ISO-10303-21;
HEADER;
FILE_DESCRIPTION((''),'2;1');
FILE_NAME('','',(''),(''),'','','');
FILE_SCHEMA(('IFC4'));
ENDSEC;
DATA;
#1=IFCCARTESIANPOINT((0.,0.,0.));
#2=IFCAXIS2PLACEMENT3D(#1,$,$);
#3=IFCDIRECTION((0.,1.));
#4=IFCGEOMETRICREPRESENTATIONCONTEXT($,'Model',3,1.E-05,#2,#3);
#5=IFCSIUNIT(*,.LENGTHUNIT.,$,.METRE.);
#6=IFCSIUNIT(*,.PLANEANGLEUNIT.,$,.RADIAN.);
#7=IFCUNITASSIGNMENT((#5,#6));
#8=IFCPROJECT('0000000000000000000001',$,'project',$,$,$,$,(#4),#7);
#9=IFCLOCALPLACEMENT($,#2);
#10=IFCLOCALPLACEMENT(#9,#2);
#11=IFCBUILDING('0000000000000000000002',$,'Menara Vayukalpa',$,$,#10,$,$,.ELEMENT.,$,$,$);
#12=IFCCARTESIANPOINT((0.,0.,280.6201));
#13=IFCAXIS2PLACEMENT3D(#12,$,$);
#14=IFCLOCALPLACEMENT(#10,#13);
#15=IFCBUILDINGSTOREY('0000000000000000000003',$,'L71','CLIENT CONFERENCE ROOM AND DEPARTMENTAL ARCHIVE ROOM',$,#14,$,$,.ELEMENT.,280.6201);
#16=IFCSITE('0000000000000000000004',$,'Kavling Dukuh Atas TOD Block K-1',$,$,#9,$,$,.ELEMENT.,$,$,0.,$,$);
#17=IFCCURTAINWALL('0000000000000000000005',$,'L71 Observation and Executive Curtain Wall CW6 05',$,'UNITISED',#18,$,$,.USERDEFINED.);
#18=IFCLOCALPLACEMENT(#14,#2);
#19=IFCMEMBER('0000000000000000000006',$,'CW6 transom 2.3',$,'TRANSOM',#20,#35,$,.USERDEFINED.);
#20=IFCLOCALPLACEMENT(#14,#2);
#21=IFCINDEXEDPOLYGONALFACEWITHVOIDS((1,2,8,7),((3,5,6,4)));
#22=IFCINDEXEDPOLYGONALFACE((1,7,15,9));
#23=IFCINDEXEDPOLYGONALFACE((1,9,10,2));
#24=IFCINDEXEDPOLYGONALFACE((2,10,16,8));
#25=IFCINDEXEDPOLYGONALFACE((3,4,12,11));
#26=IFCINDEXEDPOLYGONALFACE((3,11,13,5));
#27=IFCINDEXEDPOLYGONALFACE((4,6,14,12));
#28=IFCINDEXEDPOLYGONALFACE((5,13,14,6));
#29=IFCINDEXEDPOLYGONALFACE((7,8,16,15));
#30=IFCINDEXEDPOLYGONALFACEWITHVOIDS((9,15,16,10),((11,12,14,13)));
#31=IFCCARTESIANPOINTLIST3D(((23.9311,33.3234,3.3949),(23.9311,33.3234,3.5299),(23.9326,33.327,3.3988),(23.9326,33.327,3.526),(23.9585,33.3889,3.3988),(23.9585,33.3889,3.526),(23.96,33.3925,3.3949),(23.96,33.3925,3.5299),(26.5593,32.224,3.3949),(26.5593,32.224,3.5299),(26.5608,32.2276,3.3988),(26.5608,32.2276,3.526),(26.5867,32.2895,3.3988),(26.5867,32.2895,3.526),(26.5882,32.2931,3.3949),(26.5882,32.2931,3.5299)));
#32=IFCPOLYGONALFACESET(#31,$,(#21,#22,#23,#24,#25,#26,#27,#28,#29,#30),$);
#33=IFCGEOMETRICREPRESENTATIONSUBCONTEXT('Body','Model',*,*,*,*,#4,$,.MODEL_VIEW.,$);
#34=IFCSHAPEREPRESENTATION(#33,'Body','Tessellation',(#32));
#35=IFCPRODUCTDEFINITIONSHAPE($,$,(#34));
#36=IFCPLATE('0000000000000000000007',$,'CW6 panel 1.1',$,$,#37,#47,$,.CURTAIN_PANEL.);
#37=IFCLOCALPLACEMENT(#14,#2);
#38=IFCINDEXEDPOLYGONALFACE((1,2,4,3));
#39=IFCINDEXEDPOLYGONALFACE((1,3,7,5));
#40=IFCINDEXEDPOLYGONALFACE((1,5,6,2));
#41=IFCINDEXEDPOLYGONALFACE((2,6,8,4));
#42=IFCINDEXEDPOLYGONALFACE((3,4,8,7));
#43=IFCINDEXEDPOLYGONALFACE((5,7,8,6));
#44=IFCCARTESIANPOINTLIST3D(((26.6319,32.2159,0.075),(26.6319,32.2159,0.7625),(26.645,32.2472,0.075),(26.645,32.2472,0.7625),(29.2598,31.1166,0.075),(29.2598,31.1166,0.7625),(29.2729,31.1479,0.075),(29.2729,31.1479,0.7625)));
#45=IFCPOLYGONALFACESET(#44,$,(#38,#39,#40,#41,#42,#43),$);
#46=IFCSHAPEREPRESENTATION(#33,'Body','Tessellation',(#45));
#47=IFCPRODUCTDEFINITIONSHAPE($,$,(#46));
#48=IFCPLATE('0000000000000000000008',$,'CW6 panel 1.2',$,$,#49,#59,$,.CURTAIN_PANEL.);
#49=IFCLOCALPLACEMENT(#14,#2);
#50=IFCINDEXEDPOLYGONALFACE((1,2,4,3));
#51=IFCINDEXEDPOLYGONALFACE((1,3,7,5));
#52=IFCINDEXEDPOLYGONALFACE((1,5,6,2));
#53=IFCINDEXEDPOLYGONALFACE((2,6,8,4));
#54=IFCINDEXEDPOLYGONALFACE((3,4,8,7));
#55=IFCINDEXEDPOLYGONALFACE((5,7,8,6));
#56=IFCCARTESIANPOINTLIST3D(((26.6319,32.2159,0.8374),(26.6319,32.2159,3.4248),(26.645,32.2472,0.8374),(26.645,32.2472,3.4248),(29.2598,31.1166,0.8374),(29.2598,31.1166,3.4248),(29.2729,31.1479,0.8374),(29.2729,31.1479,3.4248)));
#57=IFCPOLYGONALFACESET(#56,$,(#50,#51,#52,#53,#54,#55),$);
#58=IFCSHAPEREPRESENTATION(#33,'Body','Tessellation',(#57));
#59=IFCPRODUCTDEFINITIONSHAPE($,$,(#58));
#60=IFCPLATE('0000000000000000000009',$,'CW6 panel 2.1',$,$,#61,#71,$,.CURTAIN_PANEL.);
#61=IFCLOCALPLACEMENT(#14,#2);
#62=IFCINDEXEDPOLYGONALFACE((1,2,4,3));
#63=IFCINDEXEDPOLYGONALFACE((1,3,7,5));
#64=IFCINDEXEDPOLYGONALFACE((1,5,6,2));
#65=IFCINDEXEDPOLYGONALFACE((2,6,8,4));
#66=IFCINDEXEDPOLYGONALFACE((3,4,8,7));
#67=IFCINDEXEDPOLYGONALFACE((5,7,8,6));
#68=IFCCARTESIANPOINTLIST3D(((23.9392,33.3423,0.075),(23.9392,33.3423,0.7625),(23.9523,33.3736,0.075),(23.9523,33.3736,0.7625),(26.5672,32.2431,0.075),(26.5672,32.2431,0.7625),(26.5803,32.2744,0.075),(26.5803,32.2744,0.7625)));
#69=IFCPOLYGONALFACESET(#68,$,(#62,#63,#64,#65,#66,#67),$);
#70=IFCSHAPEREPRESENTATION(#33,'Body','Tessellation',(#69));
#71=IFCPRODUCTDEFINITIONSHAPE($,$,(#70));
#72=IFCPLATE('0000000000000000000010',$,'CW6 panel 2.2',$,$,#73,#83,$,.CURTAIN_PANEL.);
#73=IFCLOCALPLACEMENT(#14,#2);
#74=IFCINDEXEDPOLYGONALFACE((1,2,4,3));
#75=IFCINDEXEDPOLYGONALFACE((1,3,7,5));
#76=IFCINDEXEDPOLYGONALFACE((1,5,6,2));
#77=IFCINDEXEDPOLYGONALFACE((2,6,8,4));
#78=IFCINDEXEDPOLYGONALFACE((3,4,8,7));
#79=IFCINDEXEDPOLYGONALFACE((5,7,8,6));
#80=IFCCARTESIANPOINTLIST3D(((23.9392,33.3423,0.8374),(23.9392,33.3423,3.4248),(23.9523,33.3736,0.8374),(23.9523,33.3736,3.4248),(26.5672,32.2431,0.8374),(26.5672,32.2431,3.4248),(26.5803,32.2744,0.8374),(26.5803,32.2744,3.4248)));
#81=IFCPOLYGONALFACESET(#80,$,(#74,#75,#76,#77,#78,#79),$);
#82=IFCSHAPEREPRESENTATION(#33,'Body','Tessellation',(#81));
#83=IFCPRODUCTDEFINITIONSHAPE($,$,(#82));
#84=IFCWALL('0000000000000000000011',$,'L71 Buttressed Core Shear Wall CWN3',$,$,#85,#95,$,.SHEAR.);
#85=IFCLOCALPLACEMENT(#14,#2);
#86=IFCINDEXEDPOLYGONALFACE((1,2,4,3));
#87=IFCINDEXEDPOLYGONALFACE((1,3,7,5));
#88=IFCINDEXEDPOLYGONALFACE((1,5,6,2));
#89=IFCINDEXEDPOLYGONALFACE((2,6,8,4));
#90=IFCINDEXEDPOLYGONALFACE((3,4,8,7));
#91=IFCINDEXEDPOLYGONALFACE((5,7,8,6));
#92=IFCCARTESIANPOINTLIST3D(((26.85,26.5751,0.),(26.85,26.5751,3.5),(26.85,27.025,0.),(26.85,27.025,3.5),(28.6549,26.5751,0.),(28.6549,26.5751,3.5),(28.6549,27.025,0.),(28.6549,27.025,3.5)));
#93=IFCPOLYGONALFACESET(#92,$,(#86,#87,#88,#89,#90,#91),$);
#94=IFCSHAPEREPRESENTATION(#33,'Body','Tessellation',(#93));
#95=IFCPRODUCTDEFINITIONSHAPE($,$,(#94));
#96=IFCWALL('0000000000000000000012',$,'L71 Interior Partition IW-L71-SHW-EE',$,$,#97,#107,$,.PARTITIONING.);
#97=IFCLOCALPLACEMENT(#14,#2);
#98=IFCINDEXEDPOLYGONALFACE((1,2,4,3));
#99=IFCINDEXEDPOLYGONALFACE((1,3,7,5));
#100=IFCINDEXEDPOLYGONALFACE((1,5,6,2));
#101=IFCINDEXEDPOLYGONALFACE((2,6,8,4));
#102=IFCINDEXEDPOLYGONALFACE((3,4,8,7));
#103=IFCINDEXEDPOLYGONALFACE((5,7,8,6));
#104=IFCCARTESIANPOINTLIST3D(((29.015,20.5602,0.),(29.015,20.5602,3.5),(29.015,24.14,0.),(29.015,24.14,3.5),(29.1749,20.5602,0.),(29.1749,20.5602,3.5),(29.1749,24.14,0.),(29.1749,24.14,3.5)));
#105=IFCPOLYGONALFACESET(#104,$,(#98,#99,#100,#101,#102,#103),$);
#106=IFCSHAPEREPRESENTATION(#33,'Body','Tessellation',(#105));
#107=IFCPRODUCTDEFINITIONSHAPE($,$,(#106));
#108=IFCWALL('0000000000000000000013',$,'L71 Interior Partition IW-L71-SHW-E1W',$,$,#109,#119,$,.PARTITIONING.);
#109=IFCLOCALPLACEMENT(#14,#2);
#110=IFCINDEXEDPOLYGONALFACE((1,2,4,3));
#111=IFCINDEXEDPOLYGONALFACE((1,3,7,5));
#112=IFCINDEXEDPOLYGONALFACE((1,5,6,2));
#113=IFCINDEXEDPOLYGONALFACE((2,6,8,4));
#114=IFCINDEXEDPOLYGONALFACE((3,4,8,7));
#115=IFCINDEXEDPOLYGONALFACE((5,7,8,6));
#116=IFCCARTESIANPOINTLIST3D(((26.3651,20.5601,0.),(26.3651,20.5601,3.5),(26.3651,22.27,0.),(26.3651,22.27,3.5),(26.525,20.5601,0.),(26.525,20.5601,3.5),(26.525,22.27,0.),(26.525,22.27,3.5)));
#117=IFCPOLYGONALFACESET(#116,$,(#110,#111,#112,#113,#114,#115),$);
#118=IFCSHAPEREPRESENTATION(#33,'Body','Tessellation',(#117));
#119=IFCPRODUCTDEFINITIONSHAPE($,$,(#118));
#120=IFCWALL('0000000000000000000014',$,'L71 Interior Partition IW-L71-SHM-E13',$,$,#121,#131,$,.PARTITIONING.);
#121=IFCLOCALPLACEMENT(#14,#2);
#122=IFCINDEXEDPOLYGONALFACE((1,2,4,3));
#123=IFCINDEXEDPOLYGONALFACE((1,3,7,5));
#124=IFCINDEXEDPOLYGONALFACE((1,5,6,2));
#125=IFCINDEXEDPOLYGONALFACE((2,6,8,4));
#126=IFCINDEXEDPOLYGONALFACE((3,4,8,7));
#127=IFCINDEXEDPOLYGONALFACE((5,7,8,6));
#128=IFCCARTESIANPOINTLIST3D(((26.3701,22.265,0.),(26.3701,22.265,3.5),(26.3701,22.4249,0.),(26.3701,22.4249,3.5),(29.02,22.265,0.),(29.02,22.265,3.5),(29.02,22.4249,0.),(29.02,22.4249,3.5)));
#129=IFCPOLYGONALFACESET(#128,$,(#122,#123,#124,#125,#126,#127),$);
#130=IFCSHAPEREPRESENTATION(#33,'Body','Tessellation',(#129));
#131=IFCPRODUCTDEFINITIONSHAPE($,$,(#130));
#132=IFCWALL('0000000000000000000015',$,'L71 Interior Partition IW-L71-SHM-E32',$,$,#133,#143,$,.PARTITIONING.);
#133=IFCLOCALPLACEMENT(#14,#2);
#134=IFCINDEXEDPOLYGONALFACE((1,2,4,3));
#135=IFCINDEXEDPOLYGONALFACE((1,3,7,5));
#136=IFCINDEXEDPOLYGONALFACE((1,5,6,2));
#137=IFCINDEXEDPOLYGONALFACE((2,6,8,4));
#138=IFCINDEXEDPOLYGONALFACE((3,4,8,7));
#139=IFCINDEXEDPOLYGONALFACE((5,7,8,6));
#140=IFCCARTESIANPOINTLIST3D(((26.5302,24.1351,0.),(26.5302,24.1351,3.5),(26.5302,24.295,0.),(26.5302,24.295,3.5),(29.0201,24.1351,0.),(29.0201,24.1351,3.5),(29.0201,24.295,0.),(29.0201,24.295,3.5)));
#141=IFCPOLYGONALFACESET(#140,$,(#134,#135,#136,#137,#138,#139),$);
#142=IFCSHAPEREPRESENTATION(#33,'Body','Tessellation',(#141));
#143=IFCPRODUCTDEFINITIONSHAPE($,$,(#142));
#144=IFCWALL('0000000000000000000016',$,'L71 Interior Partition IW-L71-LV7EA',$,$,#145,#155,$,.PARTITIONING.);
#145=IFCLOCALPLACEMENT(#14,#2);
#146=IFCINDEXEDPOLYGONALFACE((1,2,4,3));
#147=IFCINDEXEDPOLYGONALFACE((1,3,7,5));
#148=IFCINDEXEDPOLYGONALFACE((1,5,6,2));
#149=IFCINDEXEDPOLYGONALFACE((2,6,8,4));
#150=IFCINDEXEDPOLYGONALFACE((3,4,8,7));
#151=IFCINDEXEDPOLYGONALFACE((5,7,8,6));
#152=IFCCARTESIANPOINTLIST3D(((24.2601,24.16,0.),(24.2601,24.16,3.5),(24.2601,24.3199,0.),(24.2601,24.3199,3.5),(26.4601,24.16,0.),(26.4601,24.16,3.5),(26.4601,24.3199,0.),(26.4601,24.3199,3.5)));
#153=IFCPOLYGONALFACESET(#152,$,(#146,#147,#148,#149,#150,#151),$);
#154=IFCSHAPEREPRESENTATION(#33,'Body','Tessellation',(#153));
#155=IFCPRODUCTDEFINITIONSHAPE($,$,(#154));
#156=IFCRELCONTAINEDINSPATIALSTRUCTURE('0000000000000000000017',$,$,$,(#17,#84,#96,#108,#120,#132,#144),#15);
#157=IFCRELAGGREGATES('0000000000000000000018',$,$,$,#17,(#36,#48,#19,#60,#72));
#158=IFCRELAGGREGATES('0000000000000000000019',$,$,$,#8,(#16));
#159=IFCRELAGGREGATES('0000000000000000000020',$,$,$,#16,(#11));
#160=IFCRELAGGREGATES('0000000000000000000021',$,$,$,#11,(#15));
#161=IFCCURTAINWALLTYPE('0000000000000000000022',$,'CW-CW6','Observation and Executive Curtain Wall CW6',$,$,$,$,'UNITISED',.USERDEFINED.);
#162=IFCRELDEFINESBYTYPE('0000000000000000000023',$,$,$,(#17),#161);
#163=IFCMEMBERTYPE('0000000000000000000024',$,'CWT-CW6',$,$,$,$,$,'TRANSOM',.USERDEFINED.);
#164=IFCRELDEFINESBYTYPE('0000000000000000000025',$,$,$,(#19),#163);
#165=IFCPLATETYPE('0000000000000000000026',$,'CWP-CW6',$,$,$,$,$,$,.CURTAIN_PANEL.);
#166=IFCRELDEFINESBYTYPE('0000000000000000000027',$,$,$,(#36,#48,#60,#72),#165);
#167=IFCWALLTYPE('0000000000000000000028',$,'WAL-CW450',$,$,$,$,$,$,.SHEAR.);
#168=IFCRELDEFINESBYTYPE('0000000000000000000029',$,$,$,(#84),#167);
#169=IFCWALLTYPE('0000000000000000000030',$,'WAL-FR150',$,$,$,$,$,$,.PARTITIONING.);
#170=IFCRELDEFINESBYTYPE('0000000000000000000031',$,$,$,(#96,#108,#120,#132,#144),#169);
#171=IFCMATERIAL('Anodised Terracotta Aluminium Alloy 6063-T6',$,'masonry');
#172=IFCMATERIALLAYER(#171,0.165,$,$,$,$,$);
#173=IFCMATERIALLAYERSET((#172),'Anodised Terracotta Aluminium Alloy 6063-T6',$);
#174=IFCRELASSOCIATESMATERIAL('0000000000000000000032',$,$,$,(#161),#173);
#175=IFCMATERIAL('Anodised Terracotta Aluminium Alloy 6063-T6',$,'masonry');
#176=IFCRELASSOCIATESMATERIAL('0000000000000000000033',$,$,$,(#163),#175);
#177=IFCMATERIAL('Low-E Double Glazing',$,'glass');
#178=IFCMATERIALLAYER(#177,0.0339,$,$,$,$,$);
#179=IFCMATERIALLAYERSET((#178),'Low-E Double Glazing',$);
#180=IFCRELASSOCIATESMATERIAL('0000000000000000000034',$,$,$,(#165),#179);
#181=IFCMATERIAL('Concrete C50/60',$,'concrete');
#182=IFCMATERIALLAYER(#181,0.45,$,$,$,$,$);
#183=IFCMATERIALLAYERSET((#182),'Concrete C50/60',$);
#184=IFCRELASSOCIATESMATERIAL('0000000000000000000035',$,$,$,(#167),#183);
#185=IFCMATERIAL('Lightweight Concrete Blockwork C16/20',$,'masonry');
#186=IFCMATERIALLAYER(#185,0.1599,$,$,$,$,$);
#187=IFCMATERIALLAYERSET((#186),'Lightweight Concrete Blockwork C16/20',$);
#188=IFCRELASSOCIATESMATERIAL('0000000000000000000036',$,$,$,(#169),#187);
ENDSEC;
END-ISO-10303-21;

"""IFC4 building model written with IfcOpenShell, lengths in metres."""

from ifc_helpers import new_model, si_unit, direction, frame, frame_2d, origin, origin_2d, place, context, subcontext, project, spatial, rectangle, hollow_rectangle, extrude, material, layer, layer_set, material_profile, profile_set, type_object, element, aggregate, save


model = new_model("IFC4")

# Units and contexts
model_context = context("Model", 3, precision=1e-05, world=origin(), true_north=direction((0.0, 1.0)))
body_context = subcontext(model_context, "Body", "Model", "MODEL_VIEW")
ifc_project = project(units=[si_unit("LENGTHUNIT", "METRE"), si_unit("PLANEANGLEUNIT", "RADIAN")], contexts=[model_context])

# Site, building, storey
site_placement = place(None, origin())
site = spatial("IfcSite", under=ifc_project, at=site_placement, Name="Kavling Dukuh Atas TOD Block K-1", CompositionType="ELEMENT", RefElevation=0.0)
building_placement = place(site_placement, origin())
building = spatial("IfcBuilding", under=site, at=building_placement, Name="Menara Vayukalpa", CompositionType="ELEMENT")
storey_placement = place(building_placement, frame((0.0, 0.0, 280.6201)))
storey = spatial("IfcBuildingStorey", under=building, at=storey_placement, Name="L71", Description="CLIENT CONFERENCE ROOM AND DEPARTMENTAL ARCHIVE ROOM", CompositionType="ELEMENT", Elevation=280.6201)

# Curtain wall, member, plates
ifc_material_1 = material(Name="Anodised Terracotta Aluminium Alloy 6063-T6", Category="masonry")
ifc_layer_1 = layer(ifc_material_1, 0.165)
ifc_layer_set_1 = layer_set([ifc_layer_1], Name="Anodised Terracotta Aluminium Alloy 6063-T6")
curtain_wall_type = type_object("IfcCurtainWallType", Name="CW-CW6", Description="Observation and Executive Curtain Wall CW6", ElementType="UNITISED", PredefinedType="USERDEFINED", material=ifc_layer_set_1)
curtain_wall_placement = place(storey_placement, origin())
curtain_wall = element("IfcCurtainWall", 1, at=curtain_wall_placement, inside=storey, type_object=curtain_wall_type, Name="L71 Observation and Executive Curtain Wall CW6 05", ObjectType="UNITISED", PredefinedType="USERDEFINED")
ifc_material_2 = material(Name="Anodised Terracotta Aluminium Alloy 6063-T6", Category="masonry")
ifc_material_profile_1 = material_profile(ifc_material_2, hollow_rectangle(XDim=0.075, YDim=0.135, WallThickness=0.0039, at=origin_2d()), Name="ALU 75x135x4")
ifc_profile_set_1 = profile_set([ifc_material_profile_1], Name="Anodised Terracotta Aluminium Alloy 6063-T6")
member_type_1 = type_object("IfcMemberType", Name="CWT-CW6", ElementType="TRANSOM", PredefinedType="USERDEFINED", material=ifc_profile_set_1)
member_1_placement = place(storey_placement, frame((26.5737, 32.2585, 3.4624), z_axis=(-0.922541, 0.385899, 0.0), x_axis=(-0.385899, -0.922541, 0.0)))
member_1 = element("IfcMember", 2, at=member_1_placement, type_object=member_type_1, Name="CW6 transom 2.3", ObjectType="TRANSOM", PredefinedType="USERDEFINED", context=body_context, shape_type="SweptSolid", body=[
    extrude(hollow_rectangle(XDim=0.075, YDim=0.135, WallThickness=0.0039, at=origin_2d()), origin(), (0.0, 0.0, 1.0), 2.8489),
])
ifc_material_3 = material(Name="Low-E Double Glazing", Category="glass")
ifc_layer_2 = layer(ifc_material_3, 0.0339)
ifc_layer_set_2 = layer_set([ifc_layer_2], Name="Low-E Double Glazing")
plate_type = type_object("IfcPlateType", Name="CWP-CW6", PredefinedType="CURTAIN_PANEL", material=ifc_layer_set_2)
plate_1_placement = place(storey_placement, frame((27.9524, 31.6819, 0.075), z_axis=(0.0, 0.0, 1.0), x_axis=(-0.922541, 0.3859, 0.0)))
plate_1 = element("IfcPlate", 3, at=plate_1_placement, type_object=plate_type, Name="CW6 panel 1.1", PredefinedType="CURTAIN_PANEL", context=body_context, shape_type="SweptSolid", body=[
    extrude(rectangle(XDim=2.8486, YDim=0.0339, at=origin_2d()), origin(), (0.0, 0.0, 1.0), 0.6875),
])
plate_2_placement = place(storey_placement, frame((27.9524, 31.6819, 0.8374), z_axis=(0.0, 0.0, 1.0), x_axis=(-0.922541, 0.3859, 0.0)))
plate_2 = element("IfcPlate", 4, at=plate_2_placement, type_object=plate_type, Name="CW6 panel 1.2", PredefinedType="CURTAIN_PANEL", context=body_context, shape_type="SweptSolid", body=[
    extrude(rectangle(XDim=2.8486, YDim=0.0339, at=origin_2d()), origin(), (0.0, 0.0, 1.0), 2.5874),
])
plate_3_placement = place(storey_placement, frame((25.2598, 32.8083, 0.075), z_axis=(0.0, 0.0, 1.0), x_axis=(-0.922541, 0.3859, 0.0)))
plate_3 = element("IfcPlate", 5, at=plate_3_placement, type_object=plate_type, Name="CW6 panel 2.1", PredefinedType="CURTAIN_PANEL", context=body_context, shape_type="SweptSolid", body=[
    extrude(rectangle(XDim=2.8486, YDim=0.0339, at=origin_2d()), origin(), (0.0, 0.0, 1.0), 0.6875),
])
plate_4_placement = place(storey_placement, frame((25.2598, 32.8083, 0.8374), z_axis=(0.0, 0.0, 1.0), x_axis=(-0.922541, 0.3859, 0.0)))
plate_4 = element("IfcPlate", 6, at=plate_4_placement, type_object=plate_type, Name="CW6 panel 2.2", PredefinedType="CURTAIN_PANEL", context=body_context, shape_type="SweptSolid", body=[
    extrude(rectangle(XDim=2.8486, YDim=0.0339, at=origin_2d()), origin(), (0.0, 0.0, 1.0), 2.5874),
])
aggregate(curtain_wall, [plate_1, plate_2, member_1, plate_3, plate_4])

# Walls
ifc_material_4 = material(Name="Concrete C50/60", Category="concrete")
ifc_layer_3 = layer(ifc_material_4, 0.45)
ifc_layer_set_3 = layer_set([ifc_layer_3], Name="Concrete C50/60")
wall_type_1 = type_object("IfcWallType", Name="WAL-CW450", PredefinedType="SHEAR", material=ifc_layer_set_3)
wall_1_placement = place(storey_placement, frame((26.8501, 26.8, 0.0), z_axis=(0.0, 0.0, 1.0), x_axis=(1.0, 0.0, 0.0)))
element("IfcWall", 7, at=wall_1_placement, inside=storey, type_object=wall_type_1, Name="L71 Buttressed Core Shear Wall CWN3", PredefinedType="SHEAR", context=body_context, shape_type="SweptSolid", body=[
    extrude(rectangle(XDim=1.8049, YDim=0.45, at=frame_2d((0.9023, 0.0))), origin(), (0.0, 0.0, 1.0), 3.5),
])
ifc_material_5 = material(Name="Lightweight Concrete Blockwork C16/20", Category="masonry")
ifc_layer_4 = layer(ifc_material_5, 0.1599)
ifc_layer_set_4 = layer_set([ifc_layer_4], Name="Lightweight Concrete Blockwork C16/20")
wall_type_2 = type_object("IfcWallType", Name="WAL-FR150", PredefinedType="PARTITIONING", material=ifc_layer_set_4)
wall_2_placement = place(storey_placement, frame((29.095, 20.5601, 0.0), z_axis=(0.0, 0.0, 1.0), x_axis=(0.0, 1.0, 0.0)))
element("IfcWall", 8, at=wall_2_placement, inside=storey, type_object=wall_type_2, Name="L71 Interior Partition IW-L71-SHW-EE", PredefinedType="PARTITIONING", context=body_context, shape_type="SweptSolid", body=[
    extrude(rectangle(XDim=3.5798, YDim=0.1599, at=frame_2d((1.79, 0.0))), origin(), (0.0, 0.0, 1.0), 3.5),
])
wall_3_placement = place(storey_placement, frame((26.4451, 20.5601, 0.0), z_axis=(0.0, 0.0, 1.0), x_axis=(0.0, 1.0, 0.0)))
element("IfcWall", 9, at=wall_3_placement, inside=storey, type_object=wall_type_2, Name="L71 Interior Partition IW-L71-SHW-E1W", PredefinedType="PARTITIONING", context=body_context, shape_type="SweptSolid", body=[
    extrude(rectangle(XDim=1.71, YDim=0.1599, at=frame_2d((0.855, 0.0))), origin(), (0.0, 0.0, 1.0), 3.5),
])
wall_4_placement = place(storey_placement, frame((26.3701, 22.345, 0.0), z_axis=(0.0, 0.0, 1.0), x_axis=(1.0, 0.0, 0.0)))
element("IfcWall", 10, at=wall_4_placement, inside=storey, type_object=wall_type_2, Name="L71 Interior Partition IW-L71-SHM-E13", PredefinedType="PARTITIONING", context=body_context, shape_type="SweptSolid", body=[
    extrude(rectangle(XDim=2.6499, YDim=0.1599, at=frame_2d((1.325, 0.0))), origin(), (0.0, 0.0, 1.0), 3.5),
])
wall_5_placement = place(storey_placement, frame((26.53, 24.2151, 0.0), z_axis=(0.0, 0.0, 1.0), x_axis=(1.0, 0.0, 0.0)))
element("IfcWall", 11, at=wall_5_placement, inside=storey, type_object=wall_type_2, Name="L71 Interior Partition IW-L71-SHM-E32", PredefinedType="PARTITIONING", context=body_context, shape_type="SweptSolid", body=[
    extrude(rectangle(XDim=2.49, YDim=0.1599, at=frame_2d((1.2451, 0.0))), origin(), (0.0, 0.0, 1.0), 3.5),
])
wall_6_placement = place(storey_placement, frame((24.26, 24.24, 0.0), z_axis=(0.0, 0.0, 1.0), x_axis=(1.0, 0.0, 0.0)))
element("IfcWall", 12, at=wall_6_placement, inside=storey, type_object=wall_type_2, Name="L71 Interior Partition IW-L71-LV7EA", PredefinedType="PARTITIONING", context=body_context, shape_type="SweptSolid", body=[
    extrude(rectangle(XDim=2.2, YDim=0.1599, at=frame_2d((1.1001, 0.0))), origin(), (0.0, 0.0, 1.0), 3.5),
])

save(model, "model.ifc")
